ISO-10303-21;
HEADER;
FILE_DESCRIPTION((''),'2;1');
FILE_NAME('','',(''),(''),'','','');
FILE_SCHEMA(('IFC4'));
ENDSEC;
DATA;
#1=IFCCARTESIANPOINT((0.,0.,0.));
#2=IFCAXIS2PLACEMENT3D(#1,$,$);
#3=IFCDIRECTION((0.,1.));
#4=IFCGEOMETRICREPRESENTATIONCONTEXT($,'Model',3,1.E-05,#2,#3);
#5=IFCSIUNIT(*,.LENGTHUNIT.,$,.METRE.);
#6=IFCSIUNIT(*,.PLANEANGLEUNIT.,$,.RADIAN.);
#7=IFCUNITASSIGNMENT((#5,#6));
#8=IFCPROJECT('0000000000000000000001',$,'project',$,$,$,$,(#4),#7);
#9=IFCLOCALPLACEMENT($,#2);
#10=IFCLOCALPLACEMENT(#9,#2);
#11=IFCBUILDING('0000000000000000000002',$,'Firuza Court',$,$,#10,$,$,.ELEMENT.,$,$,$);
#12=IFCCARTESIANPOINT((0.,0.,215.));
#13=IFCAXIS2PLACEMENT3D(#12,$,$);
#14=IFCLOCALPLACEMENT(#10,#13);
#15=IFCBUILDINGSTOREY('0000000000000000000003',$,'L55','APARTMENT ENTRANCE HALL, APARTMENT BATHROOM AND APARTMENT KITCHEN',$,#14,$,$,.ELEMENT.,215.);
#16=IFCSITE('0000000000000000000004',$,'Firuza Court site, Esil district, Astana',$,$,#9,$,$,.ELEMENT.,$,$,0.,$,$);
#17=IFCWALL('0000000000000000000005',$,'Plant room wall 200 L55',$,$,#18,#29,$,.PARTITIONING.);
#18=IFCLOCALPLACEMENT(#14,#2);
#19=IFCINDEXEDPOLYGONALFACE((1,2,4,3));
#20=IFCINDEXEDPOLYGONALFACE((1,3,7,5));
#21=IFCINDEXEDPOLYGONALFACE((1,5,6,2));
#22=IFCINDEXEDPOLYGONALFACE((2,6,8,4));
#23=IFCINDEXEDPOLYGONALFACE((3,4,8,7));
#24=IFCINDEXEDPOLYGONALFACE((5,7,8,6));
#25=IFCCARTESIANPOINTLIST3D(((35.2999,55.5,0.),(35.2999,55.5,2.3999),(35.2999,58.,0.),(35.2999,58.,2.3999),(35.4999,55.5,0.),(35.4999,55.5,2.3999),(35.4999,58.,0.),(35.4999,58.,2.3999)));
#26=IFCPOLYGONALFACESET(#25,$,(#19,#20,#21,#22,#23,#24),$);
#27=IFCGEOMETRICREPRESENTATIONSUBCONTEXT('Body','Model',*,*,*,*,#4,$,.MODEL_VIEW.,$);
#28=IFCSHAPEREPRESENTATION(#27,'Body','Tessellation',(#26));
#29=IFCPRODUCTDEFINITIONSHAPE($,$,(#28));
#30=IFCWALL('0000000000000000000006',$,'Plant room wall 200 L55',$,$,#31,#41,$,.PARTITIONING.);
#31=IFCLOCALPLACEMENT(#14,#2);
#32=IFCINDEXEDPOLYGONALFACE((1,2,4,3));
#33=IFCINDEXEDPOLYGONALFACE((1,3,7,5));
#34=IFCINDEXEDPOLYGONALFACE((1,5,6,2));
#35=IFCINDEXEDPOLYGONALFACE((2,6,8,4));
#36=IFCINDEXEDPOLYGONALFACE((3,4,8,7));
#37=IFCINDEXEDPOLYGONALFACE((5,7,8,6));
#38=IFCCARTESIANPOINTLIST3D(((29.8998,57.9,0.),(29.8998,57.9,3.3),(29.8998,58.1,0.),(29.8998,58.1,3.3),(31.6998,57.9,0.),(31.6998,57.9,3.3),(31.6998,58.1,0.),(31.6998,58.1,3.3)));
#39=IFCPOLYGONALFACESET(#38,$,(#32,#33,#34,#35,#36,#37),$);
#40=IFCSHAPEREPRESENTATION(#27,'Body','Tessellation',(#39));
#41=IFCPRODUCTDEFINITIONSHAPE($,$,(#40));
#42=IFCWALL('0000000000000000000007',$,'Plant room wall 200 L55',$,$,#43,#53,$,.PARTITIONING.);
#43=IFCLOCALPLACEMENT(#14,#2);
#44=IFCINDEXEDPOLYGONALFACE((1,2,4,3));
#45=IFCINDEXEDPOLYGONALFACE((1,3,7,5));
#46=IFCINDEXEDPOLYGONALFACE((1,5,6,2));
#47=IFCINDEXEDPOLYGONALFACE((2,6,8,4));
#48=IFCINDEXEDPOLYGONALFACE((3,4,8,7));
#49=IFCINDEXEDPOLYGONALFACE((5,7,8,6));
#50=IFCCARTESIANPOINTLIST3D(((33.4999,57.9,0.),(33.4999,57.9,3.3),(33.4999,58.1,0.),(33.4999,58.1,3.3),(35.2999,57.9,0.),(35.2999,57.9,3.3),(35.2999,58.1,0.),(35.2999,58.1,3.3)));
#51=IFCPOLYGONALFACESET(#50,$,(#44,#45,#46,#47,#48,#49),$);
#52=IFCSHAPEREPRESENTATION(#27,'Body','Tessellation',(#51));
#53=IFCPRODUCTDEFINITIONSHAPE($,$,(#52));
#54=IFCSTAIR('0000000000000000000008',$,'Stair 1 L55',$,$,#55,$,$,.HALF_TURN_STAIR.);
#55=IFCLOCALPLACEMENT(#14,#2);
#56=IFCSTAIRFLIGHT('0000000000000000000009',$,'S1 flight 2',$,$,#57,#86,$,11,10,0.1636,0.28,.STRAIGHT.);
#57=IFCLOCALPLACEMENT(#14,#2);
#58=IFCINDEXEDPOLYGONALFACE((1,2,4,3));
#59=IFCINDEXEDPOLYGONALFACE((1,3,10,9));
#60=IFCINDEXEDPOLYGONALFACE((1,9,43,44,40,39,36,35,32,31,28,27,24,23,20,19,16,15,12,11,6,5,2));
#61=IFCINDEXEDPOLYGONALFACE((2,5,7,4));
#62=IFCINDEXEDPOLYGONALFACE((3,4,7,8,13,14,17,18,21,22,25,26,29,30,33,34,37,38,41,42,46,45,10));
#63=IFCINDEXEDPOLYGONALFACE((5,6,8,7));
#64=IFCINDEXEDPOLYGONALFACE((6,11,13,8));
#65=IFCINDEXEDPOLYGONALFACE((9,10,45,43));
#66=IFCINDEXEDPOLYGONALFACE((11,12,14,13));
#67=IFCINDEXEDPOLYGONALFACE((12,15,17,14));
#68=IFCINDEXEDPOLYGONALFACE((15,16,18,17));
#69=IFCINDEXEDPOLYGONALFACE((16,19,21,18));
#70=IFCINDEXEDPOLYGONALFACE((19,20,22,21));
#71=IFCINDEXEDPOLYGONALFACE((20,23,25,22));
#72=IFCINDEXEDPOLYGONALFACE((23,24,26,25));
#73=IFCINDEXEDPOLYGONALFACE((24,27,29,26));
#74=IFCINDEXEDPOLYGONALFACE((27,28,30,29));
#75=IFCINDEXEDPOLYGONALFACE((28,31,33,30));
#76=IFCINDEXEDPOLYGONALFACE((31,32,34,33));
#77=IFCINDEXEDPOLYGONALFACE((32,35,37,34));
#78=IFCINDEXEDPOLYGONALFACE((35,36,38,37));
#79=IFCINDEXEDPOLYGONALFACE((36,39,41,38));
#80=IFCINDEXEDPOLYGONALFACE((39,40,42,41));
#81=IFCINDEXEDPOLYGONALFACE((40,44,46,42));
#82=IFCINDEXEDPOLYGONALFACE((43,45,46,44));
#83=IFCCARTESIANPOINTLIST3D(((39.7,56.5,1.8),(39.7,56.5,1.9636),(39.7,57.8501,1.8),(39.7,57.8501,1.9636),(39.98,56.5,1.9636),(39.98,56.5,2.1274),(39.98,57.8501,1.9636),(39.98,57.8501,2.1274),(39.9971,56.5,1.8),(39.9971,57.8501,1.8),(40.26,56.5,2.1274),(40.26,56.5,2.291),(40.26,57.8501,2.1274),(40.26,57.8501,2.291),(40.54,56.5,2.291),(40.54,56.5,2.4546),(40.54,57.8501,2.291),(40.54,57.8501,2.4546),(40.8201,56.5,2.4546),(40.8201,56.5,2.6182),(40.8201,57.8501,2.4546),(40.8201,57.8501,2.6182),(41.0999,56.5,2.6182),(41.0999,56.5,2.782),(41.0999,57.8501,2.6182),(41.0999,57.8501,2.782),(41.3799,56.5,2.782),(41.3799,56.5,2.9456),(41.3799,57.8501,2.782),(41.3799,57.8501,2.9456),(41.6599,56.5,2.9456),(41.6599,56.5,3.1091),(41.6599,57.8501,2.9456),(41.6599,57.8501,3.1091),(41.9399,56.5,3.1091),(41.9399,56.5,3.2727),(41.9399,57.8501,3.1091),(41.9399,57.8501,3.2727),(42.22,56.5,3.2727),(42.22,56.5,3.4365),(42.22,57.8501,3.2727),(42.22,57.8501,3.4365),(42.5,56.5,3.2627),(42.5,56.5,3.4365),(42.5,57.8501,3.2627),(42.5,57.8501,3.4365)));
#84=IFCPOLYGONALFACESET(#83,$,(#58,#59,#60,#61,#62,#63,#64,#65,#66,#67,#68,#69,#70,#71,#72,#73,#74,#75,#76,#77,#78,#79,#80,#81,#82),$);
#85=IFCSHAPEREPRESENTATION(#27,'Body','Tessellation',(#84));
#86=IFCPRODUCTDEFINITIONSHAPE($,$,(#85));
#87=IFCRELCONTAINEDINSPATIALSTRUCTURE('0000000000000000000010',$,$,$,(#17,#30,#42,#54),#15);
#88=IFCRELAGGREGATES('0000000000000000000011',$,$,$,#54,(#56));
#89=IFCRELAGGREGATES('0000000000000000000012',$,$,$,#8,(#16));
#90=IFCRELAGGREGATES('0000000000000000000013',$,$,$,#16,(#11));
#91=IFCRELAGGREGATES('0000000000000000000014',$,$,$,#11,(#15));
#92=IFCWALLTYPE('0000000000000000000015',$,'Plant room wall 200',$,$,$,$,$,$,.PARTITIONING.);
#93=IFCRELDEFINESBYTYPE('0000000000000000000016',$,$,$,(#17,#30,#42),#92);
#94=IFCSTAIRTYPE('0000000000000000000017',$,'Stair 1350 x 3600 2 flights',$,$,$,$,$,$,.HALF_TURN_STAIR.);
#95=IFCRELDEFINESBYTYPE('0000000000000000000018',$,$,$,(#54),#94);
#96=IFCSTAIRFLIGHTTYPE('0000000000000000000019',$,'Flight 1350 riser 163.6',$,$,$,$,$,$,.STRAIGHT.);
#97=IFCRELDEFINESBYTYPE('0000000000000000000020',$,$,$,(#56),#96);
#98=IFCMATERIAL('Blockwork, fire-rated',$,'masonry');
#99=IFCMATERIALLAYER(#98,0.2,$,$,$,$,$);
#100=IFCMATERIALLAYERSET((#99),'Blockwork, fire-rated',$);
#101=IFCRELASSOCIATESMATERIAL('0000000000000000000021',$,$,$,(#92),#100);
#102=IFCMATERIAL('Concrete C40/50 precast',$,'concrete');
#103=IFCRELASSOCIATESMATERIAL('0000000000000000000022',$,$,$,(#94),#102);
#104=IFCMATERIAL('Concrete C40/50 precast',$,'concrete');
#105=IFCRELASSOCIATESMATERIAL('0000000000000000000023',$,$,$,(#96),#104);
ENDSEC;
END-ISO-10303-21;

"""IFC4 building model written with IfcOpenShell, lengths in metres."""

from ifc_helpers import new_model, si_unit, direction, frame, frame_2d, origin, place, context, subcontext, project, spatial, polyline, rectangle, outline, extrude, material, layer, layer_set, type_object, element, aggregate, save


model = new_model("IFC4")

# Units and contexts
model_context = context("Model", 3, precision=1e-05, world=origin(), true_north=direction((0.0, 1.0)))
body_context = subcontext(model_context, "Body", "Model", "MODEL_VIEW")
ifc_project = project(units=[si_unit("LENGTHUNIT", "METRE"), si_unit("PLANEANGLEUNIT", "RADIAN")], contexts=[model_context])

# Site, building, storey
site_placement = place(None, origin())
site = spatial("IfcSite", under=ifc_project, at=site_placement, Name="Firuza Court site, Esil district, Astana", CompositionType="ELEMENT", RefElevation=0.0)
building_placement = place(site_placement, origin())
building = spatial("IfcBuilding", under=site, at=building_placement, Name="Firuza Court", CompositionType="ELEMENT")
storey_placement = place(building_placement, frame((0.0, 0.0, 215.0)))
storey = spatial("IfcBuildingStorey", under=building, at=storey_placement, Name="L55", Description="APARTMENT ENTRANCE HALL, APARTMENT BATHROOM AND APARTMENT KITCHEN", CompositionType="ELEMENT", Elevation=215.0)

# Shared definitions
ifc_material_1 = material(Name="Blockwork, fire-rated", Category="masonry")
ifc_layer_1 = layer(ifc_material_1, 0.2)
ifc_layer_set_1 = layer_set([ifc_layer_1], Name="Blockwork, fire-rated")
wall_type_1 = type_object("IfcWallType", Name="Plant room wall 200", PredefinedType="PARTITIONING", material=ifc_layer_set_1)

# Walls
wall_1_placement = place(storey_placement, frame((35.3999, 55.5, 0.0), z_axis=(0.0, 0.0, 1.0), x_axis=(0.0, 1.0, 0.0)))
element("IfcWall", 1, at=wall_1_placement, inside=storey, type_object=wall_type_1, Name="Plant room wall 200 L55", PredefinedType="PARTITIONING", context=body_context, shape_type="SweptSolid", body=[
    extrude(rectangle(XDim=2.5, YDim=0.2, at=frame_2d((1.25, 0.0))), origin(), (0.0, 0.0, 1.0), 2.3999),
])
for number, where, z_axis, x_axis, name in (
    (2, (29.8999, 58.0, 0.0), (0.0, 0.0, 1.0), (1.0, 0.0, 0.0), "Plant room wall 200 L55"),
    (3, (33.5, 58.0, 0.0), (0.0, 0.0, 1.0), (1.0, 0.0, 0.0), "Plant room wall 200 L55"),
):
    element("IfcWall", number, at=place(storey_placement, frame(where, z_axis=z_axis, x_axis=x_axis)), inside=storey, type_object=wall_type_1, Name=name, PredefinedType="PARTITIONING", context=body_context, shape_type="SweptSolid", body=[
        extrude(rectangle(XDim=1.8, YDim=0.2, at=frame_2d((0.8999, 0.0))), origin(), (0.0, 0.0, 1.0), 3.3),
    ])

# Stair, stair flight
ifc_material_2 = material(Name="Concrete C40/50 precast", Category="concrete")
stair_type = type_object("IfcStairType", Name="Stair 1350 x 3600 2 flights", PredefinedType="HALF_TURN_STAIR", material=ifc_material_2)
stair_placement = place(storey_placement, origin())
stair = element("IfcStair", 4, at=stair_placement, inside=storey, type_object=stair_type, Name="Stair 1 L55", PredefinedType="HALF_TURN_STAIR")
ifc_material_3 = material(Name="Concrete C40/50 precast", Category="concrete")
stair_flight_type = type_object("IfcStairFlightType", Name="Flight 1350 riser 163.6", PredefinedType="STRAIGHT", material=ifc_material_3)
stair_flight_placement = place(storey_placement, frame((39.7, 57.175, 1.8), z_axis=(0.0, 0.0, 1.0), x_axis=(1.0, 0.0, 0.0)))
stair_flight = element("IfcStairFlight", 5, at=stair_flight_placement, type_object=stair_flight_type, Name="S1 flight 2", NumberOfRisers=11, NumberOfTreads=10, PredefinedType="STRAIGHT", RiserHeight=0.1636, TreadLength=0.28, context=body_context, shape_type="SweptSolid", body=[
    extrude(outline(polyline([(0.0, 0.0), (0.0, 0.1636), (0.28, 0.1636), (0.28, 0.3274), (0.5601, 0.3274), (0.5601, 0.491), (0.8401, 0.491), (0.8401, 0.6545), (1.1201, 0.6545), (1.1201, 0.8181), (1.3999, 0.8181), (1.3999, 0.9819), (1.6799, 0.9819), (1.6799, 1.1455), (1.96, 1.1455), (1.96, 1.3091), (2.24, 1.3091), (2.24, 1.4727), (2.52, 1.4727), (2.52, 1.6365), (2.8, 1.6365), (2.8, 1.8), (2.8, 1.4626), (0.2971, 0.0), (0.0, 0.0)])), frame((0.0, 0.675, 0.0), z_axis=(0.0, -1.0, 0.0), x_axis=(1.0, 0.0, 0.0)), (0.0, 0.0, 1.0), 1.3501),
])
aggregate(stair, [stair_flight])

save(model, "model.ifc")
